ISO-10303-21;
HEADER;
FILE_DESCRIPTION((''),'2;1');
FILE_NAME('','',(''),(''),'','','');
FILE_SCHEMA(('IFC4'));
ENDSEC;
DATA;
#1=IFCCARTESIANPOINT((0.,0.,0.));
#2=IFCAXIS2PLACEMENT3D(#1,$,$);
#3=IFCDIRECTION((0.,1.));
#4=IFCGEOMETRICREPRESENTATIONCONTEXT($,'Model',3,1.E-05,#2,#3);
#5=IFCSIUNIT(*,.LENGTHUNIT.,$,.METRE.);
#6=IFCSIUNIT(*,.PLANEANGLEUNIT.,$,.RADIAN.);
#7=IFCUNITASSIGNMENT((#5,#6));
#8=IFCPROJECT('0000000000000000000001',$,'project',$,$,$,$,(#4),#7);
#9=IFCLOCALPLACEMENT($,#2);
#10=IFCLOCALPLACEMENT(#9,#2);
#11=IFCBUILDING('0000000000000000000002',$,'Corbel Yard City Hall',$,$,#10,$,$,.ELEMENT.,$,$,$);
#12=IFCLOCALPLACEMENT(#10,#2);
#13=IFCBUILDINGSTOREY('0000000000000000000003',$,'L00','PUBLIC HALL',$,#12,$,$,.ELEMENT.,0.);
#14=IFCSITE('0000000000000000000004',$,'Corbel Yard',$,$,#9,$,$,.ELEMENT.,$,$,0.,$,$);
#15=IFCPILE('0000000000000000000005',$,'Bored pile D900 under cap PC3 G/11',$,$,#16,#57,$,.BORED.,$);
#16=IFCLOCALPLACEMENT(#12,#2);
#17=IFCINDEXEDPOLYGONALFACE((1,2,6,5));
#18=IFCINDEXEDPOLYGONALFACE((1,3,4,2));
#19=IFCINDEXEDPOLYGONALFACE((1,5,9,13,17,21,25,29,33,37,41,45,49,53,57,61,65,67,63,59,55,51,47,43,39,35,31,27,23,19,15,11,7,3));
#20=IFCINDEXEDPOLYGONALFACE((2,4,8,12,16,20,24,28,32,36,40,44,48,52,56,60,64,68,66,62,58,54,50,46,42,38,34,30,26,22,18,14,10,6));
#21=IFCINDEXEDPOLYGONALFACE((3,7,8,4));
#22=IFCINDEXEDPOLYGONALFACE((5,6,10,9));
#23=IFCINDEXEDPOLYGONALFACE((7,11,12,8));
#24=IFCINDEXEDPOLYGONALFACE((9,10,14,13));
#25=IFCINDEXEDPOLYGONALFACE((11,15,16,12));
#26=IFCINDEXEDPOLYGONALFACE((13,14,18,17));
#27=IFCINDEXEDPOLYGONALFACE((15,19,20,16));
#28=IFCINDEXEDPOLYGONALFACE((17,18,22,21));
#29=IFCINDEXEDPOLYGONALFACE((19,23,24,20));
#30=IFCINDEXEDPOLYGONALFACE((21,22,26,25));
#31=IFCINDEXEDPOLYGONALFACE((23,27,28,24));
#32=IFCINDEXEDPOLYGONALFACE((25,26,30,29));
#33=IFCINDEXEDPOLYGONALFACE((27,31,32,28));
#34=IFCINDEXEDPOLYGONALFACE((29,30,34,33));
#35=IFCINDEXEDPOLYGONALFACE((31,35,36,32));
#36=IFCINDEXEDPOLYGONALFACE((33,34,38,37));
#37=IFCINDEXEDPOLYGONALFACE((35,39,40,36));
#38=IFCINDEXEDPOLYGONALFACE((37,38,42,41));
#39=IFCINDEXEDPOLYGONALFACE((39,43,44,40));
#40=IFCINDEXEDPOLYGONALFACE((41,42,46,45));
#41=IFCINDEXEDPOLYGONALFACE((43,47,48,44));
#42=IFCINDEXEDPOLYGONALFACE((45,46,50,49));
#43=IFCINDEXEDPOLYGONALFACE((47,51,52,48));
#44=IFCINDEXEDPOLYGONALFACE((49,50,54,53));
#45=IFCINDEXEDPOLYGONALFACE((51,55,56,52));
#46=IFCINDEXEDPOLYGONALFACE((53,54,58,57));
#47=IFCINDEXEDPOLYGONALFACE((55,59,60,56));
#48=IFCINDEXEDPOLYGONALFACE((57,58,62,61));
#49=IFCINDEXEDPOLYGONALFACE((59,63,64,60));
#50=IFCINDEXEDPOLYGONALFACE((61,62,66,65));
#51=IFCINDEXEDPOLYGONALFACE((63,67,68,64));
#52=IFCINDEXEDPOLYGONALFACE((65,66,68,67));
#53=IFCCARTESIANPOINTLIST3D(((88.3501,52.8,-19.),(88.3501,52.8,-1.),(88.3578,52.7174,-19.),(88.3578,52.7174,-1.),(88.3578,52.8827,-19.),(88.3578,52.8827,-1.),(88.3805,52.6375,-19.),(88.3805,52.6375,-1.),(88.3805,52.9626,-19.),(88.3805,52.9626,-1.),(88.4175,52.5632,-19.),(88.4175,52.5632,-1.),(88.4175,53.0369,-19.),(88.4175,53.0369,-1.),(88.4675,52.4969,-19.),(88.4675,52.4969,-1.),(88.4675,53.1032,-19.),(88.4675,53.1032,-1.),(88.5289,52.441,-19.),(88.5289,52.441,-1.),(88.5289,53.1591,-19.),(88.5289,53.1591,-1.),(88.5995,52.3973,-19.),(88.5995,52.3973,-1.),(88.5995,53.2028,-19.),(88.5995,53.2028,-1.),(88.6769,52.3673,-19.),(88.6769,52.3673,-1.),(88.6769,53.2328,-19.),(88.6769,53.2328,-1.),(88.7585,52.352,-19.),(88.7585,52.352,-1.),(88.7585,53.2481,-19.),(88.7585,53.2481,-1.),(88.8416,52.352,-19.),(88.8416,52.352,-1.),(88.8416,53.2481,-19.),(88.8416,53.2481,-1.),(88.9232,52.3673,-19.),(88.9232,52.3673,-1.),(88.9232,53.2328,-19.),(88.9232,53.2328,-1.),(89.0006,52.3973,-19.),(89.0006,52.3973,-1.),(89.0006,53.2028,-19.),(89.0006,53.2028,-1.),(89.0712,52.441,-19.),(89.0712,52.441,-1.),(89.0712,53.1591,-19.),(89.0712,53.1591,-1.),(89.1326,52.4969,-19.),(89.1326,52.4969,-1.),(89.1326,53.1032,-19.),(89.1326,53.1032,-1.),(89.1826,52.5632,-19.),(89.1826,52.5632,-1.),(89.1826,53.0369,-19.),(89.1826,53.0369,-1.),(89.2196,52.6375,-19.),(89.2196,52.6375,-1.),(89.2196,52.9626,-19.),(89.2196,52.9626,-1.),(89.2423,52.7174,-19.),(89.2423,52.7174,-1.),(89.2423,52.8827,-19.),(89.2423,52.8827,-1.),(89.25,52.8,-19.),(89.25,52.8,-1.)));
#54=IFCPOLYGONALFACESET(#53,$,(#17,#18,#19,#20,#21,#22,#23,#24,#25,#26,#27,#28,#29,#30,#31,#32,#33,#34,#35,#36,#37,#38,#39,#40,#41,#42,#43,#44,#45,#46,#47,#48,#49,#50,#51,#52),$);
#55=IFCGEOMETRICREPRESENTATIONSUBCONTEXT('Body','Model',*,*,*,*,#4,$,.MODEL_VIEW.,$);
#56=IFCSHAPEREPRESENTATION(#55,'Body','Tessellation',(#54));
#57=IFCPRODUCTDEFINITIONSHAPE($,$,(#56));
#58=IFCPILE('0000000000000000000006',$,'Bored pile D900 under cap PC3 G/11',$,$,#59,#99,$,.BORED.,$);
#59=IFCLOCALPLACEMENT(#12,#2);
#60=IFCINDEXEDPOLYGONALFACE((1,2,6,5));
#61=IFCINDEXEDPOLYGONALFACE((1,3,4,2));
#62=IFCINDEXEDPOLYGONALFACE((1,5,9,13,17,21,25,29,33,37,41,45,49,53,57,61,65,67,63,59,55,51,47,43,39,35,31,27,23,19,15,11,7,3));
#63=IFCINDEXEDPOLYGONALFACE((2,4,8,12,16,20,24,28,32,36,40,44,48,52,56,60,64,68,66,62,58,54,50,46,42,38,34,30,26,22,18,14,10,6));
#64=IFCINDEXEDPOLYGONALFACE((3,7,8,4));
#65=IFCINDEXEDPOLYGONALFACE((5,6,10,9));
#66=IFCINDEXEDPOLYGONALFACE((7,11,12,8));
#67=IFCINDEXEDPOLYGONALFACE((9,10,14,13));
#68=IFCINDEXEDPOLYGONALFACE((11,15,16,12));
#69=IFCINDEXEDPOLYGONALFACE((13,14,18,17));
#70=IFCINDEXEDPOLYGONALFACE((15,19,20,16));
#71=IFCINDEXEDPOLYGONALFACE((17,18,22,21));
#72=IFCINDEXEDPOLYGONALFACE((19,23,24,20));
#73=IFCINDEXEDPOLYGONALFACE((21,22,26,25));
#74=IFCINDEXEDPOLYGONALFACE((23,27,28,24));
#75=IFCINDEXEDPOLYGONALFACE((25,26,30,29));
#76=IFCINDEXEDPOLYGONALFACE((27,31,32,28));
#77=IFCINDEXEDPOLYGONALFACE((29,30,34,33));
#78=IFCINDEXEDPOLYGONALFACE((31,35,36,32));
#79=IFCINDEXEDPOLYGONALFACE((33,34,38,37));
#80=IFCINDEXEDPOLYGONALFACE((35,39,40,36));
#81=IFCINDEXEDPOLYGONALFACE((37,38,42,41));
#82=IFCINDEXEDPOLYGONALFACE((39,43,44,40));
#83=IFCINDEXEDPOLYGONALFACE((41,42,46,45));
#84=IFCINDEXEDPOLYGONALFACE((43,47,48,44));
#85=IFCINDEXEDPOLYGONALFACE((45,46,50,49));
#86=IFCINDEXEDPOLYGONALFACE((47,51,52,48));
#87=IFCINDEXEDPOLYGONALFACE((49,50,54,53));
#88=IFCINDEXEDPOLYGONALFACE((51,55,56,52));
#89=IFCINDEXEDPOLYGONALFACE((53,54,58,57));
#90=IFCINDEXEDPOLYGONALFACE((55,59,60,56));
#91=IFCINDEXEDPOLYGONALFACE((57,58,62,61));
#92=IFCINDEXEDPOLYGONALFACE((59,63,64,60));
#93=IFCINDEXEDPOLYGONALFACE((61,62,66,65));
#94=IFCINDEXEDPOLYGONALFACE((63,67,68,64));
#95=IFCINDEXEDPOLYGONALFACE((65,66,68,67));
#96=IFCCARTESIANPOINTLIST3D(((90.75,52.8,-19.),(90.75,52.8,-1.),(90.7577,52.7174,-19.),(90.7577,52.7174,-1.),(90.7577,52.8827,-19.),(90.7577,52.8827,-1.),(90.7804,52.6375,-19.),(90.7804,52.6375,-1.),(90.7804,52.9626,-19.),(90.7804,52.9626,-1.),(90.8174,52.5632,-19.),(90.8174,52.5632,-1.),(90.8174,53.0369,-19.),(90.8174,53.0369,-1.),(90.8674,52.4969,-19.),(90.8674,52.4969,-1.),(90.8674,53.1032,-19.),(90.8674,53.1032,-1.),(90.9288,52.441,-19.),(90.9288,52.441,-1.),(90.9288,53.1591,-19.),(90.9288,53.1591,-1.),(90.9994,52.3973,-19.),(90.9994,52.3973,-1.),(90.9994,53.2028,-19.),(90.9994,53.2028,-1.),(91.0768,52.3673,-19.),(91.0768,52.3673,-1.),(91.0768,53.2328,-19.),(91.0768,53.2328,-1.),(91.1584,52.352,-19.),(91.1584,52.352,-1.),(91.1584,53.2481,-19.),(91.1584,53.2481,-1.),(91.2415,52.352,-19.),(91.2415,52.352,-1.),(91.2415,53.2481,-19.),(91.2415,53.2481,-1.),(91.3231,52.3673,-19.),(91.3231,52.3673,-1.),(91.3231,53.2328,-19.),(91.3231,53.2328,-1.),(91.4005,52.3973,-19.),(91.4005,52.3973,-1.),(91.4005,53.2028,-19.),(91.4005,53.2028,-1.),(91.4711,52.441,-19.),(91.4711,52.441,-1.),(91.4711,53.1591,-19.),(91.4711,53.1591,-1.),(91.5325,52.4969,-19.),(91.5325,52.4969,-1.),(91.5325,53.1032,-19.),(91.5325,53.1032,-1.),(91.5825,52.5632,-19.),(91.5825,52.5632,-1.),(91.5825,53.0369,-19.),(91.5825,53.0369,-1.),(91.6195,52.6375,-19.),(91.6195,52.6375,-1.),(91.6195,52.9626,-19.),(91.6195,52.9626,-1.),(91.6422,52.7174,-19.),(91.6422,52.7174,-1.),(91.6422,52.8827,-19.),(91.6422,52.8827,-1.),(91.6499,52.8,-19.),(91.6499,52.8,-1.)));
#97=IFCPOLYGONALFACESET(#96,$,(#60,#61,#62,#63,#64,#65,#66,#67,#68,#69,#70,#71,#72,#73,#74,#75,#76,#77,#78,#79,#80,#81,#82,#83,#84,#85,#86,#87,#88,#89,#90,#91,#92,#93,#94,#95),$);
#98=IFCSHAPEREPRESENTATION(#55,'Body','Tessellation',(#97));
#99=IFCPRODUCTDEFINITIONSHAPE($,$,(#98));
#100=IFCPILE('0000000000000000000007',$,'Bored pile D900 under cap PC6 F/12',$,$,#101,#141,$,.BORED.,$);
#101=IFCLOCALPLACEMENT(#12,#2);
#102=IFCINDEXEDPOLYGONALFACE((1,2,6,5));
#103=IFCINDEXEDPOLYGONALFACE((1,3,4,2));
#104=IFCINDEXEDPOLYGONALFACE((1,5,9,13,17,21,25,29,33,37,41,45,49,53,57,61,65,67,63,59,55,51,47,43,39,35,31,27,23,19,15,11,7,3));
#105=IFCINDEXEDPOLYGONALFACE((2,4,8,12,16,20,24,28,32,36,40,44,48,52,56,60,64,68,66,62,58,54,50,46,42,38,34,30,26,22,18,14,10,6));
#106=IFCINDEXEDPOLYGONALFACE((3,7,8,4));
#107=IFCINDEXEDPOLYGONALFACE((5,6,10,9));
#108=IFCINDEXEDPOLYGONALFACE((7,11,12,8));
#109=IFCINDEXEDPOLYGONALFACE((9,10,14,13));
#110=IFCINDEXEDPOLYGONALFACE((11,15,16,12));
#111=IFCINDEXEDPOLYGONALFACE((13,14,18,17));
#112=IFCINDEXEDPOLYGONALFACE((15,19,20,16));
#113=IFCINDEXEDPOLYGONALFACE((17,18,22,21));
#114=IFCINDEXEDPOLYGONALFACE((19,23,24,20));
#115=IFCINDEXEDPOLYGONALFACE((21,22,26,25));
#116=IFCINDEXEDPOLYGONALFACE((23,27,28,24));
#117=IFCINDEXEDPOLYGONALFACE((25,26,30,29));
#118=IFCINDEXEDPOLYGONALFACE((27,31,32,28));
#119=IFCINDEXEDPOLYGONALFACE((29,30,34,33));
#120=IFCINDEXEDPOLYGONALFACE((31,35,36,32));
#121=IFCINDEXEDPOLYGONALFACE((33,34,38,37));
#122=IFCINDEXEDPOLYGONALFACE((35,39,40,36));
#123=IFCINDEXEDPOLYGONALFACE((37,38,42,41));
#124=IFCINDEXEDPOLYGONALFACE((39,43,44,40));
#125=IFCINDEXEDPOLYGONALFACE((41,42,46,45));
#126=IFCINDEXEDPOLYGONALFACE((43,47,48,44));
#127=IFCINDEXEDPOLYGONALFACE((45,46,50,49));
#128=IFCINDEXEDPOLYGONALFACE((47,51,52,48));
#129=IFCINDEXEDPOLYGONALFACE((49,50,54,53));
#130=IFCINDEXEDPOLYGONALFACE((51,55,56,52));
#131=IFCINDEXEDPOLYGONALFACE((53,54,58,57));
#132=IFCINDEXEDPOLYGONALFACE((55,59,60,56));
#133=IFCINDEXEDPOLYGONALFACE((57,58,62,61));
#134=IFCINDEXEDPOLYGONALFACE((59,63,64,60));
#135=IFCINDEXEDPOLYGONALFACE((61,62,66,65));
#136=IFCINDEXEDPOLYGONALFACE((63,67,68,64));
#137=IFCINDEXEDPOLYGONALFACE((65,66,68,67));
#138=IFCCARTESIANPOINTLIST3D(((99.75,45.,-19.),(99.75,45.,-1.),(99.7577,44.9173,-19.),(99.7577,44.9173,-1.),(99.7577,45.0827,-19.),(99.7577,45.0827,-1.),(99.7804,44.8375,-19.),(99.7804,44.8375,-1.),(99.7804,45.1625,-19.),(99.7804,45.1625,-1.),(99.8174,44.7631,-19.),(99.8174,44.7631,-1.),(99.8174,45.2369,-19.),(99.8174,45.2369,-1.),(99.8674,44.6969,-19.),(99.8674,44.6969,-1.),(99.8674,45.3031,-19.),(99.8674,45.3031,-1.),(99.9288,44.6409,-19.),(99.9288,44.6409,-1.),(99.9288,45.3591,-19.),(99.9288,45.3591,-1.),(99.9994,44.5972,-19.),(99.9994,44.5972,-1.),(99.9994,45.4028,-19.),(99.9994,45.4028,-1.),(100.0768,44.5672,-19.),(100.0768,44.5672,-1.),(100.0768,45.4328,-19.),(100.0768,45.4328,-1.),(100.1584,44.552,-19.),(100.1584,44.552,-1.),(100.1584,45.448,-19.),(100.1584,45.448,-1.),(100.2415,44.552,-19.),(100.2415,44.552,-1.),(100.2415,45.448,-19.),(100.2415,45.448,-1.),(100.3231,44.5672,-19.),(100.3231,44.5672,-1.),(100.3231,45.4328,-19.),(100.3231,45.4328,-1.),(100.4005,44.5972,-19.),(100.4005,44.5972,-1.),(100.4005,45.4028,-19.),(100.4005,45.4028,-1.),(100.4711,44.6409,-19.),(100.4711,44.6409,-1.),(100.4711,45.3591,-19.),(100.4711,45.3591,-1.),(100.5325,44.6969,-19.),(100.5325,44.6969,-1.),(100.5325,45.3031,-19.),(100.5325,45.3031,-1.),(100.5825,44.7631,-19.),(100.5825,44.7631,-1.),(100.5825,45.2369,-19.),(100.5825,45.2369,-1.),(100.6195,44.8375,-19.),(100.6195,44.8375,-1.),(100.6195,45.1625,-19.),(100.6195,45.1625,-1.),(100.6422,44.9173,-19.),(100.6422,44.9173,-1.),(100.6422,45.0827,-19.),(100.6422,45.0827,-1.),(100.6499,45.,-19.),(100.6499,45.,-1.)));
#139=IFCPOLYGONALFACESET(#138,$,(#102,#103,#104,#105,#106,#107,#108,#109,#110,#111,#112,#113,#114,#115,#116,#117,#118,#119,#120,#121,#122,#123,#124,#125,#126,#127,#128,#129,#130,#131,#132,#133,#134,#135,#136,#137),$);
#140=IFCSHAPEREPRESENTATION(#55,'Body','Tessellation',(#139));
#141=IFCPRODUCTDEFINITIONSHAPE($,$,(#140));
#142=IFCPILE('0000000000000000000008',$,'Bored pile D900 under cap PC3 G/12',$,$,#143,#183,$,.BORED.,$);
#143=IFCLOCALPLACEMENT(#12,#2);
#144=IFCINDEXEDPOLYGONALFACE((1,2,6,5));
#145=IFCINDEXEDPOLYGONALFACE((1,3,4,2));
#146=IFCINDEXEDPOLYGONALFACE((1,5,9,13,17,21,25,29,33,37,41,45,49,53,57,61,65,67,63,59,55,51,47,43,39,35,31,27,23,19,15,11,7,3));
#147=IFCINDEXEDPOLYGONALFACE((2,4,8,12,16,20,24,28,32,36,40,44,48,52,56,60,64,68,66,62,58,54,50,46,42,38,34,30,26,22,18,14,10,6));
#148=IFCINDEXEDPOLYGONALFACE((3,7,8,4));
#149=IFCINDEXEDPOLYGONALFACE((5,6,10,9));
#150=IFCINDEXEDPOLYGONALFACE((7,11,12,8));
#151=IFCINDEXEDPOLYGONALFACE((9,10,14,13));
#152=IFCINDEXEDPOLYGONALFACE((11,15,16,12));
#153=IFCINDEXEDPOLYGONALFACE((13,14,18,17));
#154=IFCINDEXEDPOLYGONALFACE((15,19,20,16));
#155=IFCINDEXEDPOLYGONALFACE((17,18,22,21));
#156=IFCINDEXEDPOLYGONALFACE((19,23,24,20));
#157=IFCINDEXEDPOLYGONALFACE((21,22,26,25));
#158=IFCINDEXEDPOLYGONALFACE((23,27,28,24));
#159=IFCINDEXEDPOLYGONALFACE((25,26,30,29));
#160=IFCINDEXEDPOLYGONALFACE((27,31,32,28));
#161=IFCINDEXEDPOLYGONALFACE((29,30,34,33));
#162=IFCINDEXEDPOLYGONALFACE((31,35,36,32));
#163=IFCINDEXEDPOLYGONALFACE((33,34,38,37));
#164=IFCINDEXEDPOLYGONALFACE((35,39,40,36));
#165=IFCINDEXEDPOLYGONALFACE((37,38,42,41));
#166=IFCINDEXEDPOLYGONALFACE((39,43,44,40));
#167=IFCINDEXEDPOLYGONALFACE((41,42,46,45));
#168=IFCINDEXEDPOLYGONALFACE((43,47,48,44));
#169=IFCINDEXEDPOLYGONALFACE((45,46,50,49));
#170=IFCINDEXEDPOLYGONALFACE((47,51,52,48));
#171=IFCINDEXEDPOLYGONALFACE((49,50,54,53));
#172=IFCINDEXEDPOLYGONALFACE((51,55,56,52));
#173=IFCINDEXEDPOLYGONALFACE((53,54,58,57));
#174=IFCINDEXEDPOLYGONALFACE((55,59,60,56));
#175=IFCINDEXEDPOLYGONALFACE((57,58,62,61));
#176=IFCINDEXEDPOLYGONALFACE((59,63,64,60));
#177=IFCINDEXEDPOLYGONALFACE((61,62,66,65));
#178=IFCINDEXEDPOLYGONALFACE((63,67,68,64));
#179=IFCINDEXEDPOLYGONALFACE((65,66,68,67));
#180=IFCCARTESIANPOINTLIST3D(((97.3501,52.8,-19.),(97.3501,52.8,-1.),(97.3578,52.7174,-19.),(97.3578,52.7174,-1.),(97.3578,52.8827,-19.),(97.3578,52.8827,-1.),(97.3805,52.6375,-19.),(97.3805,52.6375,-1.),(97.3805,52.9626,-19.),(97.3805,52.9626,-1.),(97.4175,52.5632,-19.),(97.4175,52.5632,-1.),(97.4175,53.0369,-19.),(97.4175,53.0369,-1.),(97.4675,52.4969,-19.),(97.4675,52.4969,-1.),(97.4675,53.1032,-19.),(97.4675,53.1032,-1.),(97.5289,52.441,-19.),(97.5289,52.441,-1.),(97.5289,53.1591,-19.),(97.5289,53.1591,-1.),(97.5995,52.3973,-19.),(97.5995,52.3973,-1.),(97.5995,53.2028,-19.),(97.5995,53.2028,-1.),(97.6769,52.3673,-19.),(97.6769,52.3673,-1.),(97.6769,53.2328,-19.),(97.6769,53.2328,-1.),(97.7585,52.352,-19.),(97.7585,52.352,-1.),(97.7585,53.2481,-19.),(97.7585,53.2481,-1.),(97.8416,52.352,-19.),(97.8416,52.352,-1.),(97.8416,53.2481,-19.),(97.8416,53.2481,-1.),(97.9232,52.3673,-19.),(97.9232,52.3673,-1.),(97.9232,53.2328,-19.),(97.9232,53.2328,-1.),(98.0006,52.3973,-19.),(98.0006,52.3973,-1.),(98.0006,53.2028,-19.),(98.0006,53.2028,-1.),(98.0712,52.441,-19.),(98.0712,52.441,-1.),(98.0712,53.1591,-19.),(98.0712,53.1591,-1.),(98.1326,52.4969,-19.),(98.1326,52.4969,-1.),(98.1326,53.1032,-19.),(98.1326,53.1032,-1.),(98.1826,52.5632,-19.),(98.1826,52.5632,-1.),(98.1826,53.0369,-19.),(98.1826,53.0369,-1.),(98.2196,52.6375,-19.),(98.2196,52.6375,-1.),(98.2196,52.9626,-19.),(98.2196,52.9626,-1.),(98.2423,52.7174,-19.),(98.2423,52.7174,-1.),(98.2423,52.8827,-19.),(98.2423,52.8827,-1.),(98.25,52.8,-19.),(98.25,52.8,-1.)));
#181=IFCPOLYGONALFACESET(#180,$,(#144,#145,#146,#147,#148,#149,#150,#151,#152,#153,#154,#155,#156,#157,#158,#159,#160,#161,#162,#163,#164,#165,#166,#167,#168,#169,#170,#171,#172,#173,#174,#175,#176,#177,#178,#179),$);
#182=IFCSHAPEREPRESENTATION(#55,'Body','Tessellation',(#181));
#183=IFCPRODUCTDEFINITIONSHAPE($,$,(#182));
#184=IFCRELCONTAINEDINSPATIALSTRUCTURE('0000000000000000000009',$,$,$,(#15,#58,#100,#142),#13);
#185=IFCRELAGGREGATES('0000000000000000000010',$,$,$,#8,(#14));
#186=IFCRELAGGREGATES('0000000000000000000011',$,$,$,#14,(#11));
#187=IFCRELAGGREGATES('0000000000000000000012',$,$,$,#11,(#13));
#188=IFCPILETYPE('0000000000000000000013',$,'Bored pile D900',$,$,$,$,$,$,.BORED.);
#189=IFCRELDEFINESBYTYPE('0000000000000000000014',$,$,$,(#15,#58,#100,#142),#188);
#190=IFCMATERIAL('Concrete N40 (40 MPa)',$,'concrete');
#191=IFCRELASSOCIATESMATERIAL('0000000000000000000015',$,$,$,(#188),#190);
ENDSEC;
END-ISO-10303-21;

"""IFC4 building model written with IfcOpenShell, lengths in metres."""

from ifc_helpers import new_model, si_unit, direction, frame, origin, origin_2d, place, context, subcontext, project, spatial, circle, extrude, material, material_profile, profile_set, type_object, element, save


model = new_model("IFC4")

# Units and contexts
model_context = context("Model", 3, precision=1e-05, world=origin(), true_north=direction((0.0, 1.0)))
body_context = subcontext(model_context, "Body", "Model", "MODEL_VIEW")
ifc_project = project(units=[si_unit("LENGTHUNIT", "METRE"), si_unit("PLANEANGLEUNIT", "RADIAN")], contexts=[model_context])

# Site, building, storey
site_placement = place(None, origin())
site = spatial("IfcSite", under=ifc_project, at=site_placement, Name="Corbel Yard", CompositionType="ELEMENT", RefElevation=0.0)
building_placement = place(site_placement, origin())
building = spatial("IfcBuilding", under=site, at=building_placement, Name="Corbel Yard City Hall", CompositionType="ELEMENT")
storey_placement = place(building_placement, origin())
storey = spatial("IfcBuildingStorey", under=building, at=storey_placement, Name="L00", Description="PUBLIC HALL", CompositionType="ELEMENT", Elevation=0.0)

# Piles
ifc_material_1 = material(Name="Concrete N40 (40 MPa)", Category="concrete")
ifc_material_profile_1 = material_profile(ifc_material_1, circle(Radius=0.45, at=origin_2d()), Name="D900")
ifc_profile_set_1 = profile_set([ifc_material_profile_1], Name="Concrete N40 (40 MPa)")
pile_type = type_object("IfcPileType", Name="Bored pile D900", PredefinedType="BORED", material=ifc_profile_set_1)
for number, where, z_axis, x_axis, name in (
    (1, (88.8, 52.8, -1.0), (0.0, 0.0, -1.0), (1.0, 0.0, 0.0), "Bored pile D900 under cap PC3 G/11"),
    (2, (91.2, 52.8, -1.0), (0.0, 0.0, -1.0), (1.0, 0.0, 0.0), "Bored pile D900 under cap PC3 G/11"),
    (3, (100.2, 45.0, -1.0), (0.0, 0.0, -1.0), (1.0, 0.0, 0.0), "Bored pile D900 under cap PC6 F/12"),
    (4, (97.8, 52.8, -1.0), (0.0, 0.0, -1.0), (1.0, 0.0, 0.0), "Bored pile D900 under cap PC3 G/12"),
):
    element("IfcPile", number, at=place(storey_placement, frame(where, z_axis=z_axis, x_axis=x_axis)), inside=storey, type_object=pile_type, Name=name, PredefinedType="BORED", context=body_context, shape_type="SweptSolid", body=[
        extrude(circle(Radius=0.45, at=origin_2d()), origin(), (0.0, 0.0, 1.0), 18.0),
    ])

save(model, "model.ifc")
